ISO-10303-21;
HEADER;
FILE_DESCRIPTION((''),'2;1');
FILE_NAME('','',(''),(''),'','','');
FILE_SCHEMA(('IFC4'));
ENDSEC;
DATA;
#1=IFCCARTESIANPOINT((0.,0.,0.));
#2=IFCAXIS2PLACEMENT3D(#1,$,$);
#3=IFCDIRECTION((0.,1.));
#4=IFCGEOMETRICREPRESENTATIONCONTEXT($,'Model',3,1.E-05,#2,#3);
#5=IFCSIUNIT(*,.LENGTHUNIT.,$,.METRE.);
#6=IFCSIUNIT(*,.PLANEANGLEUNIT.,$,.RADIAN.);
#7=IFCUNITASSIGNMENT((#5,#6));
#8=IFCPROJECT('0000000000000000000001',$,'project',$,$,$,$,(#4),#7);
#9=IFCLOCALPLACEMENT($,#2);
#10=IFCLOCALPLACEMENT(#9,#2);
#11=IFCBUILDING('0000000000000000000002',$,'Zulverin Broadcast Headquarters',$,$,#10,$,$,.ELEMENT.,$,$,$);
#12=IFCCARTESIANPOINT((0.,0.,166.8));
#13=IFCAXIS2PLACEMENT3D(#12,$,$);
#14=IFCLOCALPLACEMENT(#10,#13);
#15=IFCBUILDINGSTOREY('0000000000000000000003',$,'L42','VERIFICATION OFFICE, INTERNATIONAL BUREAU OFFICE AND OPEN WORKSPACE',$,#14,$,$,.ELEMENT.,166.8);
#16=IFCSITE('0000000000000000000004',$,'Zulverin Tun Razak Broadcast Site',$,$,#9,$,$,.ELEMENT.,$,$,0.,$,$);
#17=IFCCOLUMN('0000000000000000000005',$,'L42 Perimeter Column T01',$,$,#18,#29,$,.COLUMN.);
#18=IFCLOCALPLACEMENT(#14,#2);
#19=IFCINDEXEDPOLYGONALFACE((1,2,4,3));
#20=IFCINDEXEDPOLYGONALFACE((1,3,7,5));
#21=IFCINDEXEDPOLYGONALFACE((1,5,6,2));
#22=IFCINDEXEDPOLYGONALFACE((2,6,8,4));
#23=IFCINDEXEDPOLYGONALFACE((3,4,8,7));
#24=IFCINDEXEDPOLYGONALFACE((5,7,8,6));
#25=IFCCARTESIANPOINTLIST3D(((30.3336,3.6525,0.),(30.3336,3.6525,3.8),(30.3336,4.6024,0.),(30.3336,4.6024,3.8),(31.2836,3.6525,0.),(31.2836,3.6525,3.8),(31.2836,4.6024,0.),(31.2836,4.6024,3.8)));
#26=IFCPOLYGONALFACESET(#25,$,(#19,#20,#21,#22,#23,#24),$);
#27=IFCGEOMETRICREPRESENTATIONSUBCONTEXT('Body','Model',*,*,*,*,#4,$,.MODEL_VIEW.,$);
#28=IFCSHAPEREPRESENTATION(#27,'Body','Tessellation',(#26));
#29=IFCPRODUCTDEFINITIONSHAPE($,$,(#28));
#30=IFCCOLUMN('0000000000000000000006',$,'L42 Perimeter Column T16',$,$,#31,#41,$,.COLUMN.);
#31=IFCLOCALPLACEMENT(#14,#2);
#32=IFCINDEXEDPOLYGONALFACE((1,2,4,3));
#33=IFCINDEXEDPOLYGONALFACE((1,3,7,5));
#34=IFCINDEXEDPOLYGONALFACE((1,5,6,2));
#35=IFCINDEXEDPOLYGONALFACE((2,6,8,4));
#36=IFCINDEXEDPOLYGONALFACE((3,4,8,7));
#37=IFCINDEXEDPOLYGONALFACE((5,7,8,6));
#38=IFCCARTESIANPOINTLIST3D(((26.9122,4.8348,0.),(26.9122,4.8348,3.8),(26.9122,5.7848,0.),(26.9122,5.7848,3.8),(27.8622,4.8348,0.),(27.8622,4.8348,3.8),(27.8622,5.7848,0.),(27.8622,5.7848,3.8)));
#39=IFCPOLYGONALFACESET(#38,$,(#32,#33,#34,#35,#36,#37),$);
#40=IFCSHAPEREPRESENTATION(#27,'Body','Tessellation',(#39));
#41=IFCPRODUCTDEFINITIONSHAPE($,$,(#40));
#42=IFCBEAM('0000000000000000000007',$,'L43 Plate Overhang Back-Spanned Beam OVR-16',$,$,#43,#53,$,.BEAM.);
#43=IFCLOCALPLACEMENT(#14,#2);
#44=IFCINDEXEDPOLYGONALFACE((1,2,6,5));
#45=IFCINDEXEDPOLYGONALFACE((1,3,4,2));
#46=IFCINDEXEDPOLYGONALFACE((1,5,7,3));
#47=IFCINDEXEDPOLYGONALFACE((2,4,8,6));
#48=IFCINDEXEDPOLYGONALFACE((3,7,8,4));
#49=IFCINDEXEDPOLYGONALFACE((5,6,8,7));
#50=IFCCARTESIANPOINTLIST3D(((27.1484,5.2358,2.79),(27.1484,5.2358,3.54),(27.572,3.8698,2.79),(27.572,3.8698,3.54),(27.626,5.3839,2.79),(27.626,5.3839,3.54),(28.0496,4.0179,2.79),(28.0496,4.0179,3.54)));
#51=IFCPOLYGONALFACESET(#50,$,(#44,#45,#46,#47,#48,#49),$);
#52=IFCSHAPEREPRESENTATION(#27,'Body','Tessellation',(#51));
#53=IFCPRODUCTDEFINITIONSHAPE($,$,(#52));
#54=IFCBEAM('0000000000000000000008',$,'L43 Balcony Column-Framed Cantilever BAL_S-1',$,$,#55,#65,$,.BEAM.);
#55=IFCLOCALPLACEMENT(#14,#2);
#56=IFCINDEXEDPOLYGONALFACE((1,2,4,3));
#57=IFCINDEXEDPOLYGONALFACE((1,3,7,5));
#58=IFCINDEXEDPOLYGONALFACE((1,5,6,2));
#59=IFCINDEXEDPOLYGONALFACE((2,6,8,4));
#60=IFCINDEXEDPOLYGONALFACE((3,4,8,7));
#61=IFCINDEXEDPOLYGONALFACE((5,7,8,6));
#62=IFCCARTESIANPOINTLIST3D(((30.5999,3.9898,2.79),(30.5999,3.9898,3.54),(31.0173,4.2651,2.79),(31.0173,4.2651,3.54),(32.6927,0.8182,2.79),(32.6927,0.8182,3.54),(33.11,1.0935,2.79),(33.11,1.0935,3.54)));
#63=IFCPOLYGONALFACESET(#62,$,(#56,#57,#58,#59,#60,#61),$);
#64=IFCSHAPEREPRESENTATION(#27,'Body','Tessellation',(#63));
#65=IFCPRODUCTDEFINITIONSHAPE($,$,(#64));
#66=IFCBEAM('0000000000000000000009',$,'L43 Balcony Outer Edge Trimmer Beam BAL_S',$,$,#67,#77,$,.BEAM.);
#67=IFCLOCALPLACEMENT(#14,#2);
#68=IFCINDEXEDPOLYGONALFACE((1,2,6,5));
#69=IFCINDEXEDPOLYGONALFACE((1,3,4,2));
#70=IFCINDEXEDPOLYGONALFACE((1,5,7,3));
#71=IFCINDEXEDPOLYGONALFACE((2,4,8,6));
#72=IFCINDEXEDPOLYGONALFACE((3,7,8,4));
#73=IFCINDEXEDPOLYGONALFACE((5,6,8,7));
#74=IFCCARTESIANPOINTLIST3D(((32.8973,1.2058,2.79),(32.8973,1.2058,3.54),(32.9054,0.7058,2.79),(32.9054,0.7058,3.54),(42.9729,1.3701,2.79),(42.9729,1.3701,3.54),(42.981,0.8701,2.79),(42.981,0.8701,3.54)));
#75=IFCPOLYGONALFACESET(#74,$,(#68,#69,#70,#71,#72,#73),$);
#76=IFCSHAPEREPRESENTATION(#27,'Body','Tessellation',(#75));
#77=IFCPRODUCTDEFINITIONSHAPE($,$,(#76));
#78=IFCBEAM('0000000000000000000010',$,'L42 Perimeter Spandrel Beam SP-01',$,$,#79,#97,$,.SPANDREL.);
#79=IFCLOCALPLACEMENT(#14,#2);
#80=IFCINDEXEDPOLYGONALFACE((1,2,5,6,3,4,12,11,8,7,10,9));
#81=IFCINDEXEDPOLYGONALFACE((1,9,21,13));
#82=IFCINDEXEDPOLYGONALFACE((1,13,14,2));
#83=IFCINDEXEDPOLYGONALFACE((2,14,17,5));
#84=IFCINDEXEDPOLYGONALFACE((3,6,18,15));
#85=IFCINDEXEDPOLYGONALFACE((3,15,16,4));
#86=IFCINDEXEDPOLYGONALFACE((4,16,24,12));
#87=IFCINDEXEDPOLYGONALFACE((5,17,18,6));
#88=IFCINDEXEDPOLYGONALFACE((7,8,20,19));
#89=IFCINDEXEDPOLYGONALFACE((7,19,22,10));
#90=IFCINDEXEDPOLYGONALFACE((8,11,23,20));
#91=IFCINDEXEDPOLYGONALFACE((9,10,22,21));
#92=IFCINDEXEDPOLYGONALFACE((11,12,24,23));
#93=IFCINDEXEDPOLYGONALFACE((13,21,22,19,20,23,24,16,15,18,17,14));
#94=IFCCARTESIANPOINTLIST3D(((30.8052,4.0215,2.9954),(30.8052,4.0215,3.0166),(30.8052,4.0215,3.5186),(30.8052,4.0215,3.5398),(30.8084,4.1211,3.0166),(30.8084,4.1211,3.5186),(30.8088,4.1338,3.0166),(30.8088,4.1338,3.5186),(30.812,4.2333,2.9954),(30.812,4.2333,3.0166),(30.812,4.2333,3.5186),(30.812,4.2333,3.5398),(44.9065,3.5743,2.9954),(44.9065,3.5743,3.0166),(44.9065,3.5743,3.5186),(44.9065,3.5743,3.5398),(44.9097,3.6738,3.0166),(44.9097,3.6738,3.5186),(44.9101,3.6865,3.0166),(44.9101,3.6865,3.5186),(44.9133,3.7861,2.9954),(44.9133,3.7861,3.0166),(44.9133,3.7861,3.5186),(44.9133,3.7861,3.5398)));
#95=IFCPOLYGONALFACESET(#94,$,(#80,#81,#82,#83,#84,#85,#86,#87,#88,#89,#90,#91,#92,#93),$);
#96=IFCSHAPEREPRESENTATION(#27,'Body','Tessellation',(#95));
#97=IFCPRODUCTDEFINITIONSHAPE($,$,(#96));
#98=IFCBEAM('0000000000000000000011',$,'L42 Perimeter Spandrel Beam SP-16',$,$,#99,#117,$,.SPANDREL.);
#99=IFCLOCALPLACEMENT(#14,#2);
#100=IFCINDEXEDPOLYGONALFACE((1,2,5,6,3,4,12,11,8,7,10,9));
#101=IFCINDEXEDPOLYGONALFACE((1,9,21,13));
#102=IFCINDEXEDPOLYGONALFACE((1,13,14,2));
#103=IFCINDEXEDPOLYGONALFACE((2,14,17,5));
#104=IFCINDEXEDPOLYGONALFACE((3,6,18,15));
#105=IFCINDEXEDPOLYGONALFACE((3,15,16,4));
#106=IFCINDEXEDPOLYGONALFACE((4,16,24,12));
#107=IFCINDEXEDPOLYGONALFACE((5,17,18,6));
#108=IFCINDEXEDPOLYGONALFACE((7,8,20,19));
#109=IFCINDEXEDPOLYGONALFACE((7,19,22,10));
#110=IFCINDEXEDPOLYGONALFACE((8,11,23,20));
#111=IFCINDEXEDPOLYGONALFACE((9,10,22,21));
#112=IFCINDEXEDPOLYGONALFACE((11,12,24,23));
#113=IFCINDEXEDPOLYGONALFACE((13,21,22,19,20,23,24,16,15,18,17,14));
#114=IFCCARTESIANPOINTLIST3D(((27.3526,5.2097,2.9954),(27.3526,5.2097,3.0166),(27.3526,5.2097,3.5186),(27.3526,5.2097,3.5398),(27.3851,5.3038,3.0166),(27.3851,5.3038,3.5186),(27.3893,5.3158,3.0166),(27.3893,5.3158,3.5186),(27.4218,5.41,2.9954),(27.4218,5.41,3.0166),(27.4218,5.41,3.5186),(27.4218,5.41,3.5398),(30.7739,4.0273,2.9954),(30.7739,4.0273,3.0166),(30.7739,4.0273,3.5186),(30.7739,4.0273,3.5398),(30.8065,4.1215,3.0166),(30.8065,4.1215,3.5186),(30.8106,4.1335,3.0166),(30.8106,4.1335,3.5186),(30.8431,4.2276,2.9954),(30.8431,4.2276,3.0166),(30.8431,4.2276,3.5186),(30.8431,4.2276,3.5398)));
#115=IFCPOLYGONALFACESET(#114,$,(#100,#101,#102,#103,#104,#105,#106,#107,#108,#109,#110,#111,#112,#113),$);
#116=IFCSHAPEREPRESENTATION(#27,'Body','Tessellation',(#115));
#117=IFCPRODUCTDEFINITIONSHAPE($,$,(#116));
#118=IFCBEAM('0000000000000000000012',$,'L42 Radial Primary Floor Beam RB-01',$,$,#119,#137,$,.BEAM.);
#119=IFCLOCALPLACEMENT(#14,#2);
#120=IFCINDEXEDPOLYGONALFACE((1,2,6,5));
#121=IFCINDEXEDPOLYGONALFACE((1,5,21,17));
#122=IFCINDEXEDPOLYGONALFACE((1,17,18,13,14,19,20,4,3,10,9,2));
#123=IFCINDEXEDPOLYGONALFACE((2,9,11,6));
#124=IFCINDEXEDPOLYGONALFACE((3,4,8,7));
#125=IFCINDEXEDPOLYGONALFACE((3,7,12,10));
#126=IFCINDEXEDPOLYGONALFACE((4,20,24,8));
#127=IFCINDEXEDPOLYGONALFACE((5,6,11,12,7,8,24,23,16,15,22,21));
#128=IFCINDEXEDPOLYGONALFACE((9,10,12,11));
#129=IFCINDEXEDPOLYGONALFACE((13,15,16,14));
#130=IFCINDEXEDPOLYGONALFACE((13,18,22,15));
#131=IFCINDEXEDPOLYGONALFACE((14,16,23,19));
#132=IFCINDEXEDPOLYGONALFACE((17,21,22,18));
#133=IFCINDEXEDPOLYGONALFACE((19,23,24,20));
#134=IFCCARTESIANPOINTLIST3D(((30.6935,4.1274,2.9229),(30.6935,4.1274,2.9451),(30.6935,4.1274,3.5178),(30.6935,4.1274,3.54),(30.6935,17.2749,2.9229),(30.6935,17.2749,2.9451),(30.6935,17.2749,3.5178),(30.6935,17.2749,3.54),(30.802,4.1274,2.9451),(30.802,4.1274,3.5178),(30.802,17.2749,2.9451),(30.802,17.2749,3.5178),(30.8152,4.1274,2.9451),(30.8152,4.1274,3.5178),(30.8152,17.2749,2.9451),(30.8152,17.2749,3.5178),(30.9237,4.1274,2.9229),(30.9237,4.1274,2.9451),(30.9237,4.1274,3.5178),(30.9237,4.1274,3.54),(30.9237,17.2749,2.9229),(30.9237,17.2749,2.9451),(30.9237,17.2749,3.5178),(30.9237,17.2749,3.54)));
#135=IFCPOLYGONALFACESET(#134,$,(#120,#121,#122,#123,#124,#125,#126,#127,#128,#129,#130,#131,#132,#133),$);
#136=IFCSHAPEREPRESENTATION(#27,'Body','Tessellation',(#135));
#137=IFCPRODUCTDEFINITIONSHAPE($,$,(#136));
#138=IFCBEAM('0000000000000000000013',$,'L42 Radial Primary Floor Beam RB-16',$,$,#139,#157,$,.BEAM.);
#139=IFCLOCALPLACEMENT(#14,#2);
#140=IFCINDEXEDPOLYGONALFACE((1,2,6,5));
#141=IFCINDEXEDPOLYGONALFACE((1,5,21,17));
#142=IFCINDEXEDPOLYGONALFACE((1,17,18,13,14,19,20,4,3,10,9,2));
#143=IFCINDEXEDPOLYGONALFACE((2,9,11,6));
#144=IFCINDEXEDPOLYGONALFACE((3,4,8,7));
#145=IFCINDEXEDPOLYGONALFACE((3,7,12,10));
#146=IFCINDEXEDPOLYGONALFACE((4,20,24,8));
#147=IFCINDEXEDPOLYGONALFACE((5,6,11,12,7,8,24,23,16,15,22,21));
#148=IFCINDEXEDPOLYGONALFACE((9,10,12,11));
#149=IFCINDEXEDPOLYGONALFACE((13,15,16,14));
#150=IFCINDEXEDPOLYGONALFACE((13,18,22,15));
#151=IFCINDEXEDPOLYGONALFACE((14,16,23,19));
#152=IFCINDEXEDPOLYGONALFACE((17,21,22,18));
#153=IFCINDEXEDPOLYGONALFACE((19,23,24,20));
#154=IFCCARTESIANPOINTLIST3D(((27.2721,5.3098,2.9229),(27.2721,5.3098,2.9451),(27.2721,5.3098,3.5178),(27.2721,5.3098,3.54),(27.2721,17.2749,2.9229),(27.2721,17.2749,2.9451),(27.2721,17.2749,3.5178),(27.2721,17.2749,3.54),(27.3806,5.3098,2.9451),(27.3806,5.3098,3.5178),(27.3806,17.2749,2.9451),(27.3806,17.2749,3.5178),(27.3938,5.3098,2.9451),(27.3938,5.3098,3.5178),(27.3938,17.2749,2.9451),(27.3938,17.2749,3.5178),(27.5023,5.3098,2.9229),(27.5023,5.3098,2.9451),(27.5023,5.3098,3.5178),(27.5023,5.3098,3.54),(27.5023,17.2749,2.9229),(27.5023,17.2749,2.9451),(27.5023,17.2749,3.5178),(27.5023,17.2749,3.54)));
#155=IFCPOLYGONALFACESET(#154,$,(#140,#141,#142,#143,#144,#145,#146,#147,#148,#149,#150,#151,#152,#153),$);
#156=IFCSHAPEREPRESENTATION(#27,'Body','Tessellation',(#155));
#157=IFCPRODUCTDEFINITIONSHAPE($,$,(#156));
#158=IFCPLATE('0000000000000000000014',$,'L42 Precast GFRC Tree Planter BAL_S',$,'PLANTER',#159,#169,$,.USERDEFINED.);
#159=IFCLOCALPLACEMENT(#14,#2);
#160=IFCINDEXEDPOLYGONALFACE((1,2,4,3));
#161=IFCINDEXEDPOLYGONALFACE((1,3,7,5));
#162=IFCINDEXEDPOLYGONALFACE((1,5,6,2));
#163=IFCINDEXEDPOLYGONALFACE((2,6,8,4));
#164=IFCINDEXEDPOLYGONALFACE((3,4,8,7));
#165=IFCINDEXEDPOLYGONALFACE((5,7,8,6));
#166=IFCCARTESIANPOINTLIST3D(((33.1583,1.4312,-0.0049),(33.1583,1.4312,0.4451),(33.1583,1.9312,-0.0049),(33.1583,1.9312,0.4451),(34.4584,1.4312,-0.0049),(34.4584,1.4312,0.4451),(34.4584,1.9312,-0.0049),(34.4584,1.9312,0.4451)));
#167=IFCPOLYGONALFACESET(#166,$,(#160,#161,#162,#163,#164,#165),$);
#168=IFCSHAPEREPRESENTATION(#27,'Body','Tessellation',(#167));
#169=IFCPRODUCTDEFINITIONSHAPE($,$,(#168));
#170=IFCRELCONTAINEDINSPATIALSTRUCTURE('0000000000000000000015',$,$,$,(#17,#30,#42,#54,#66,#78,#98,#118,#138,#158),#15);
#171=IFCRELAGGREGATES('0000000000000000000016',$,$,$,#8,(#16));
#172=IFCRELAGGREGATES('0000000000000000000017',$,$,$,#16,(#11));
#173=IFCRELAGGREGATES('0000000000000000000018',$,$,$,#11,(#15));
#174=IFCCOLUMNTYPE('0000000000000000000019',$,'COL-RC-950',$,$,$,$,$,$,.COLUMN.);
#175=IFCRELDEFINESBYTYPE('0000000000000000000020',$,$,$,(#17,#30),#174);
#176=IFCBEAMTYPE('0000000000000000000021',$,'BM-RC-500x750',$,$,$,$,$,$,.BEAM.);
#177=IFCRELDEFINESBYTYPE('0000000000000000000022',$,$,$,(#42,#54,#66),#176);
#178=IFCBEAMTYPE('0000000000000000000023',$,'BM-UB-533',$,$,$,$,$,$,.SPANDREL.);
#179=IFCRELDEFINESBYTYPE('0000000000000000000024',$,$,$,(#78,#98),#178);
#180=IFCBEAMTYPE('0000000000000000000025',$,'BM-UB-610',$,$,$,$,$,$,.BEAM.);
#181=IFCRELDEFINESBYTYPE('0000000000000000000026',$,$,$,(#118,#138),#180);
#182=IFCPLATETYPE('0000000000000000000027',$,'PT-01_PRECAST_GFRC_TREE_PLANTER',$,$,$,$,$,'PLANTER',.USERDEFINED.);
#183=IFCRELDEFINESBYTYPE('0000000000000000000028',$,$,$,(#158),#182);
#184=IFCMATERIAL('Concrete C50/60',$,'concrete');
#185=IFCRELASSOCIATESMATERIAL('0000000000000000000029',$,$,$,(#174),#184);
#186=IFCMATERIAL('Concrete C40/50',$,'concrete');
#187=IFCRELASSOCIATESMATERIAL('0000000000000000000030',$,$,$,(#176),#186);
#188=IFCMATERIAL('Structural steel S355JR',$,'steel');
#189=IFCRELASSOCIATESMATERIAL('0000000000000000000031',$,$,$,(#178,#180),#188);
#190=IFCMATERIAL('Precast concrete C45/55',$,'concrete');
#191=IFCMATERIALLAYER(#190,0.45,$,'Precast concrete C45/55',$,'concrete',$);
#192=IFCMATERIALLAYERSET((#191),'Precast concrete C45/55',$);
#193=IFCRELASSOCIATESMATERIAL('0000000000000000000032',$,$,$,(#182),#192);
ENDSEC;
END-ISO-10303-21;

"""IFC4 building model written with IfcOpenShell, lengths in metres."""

from ifc_helpers import new_model, si_unit, direction, frame, origin, origin_2d, place, context, subcontext, project, spatial, rectangle, i_section, extrude, material, layer, layer_set, material_profile, profile_set, type_object, element, save


model = new_model("IFC4")

# Units and contexts
model_context = context("Model", 3, precision=1e-05, world=origin(), true_north=direction((0.0, 1.0)))
body_context = subcontext(model_context, "Body", "Model", "MODEL_VIEW")
ifc_project = project(units=[si_unit("LENGTHUNIT", "METRE"), si_unit("PLANEANGLEUNIT", "RADIAN")], contexts=[model_context])

# Site, building, storey
site_placement = place(None, origin())
site = spatial("IfcSite", under=ifc_project, at=site_placement, Name="Zulverin Tun Razak Broadcast Site", CompositionType="ELEMENT", RefElevation=0.0)
building_placement = place(site_placement, origin())
building = spatial("IfcBuilding", under=site, at=building_placement, Name="Zulverin Broadcast Headquarters", CompositionType="ELEMENT")
storey_placement = place(building_placement, frame((0.0, 0.0, 166.8)))
storey = spatial("IfcBuildingStorey", under=building, at=storey_placement, Name="L42", Description="VERIFICATION OFFICE, INTERNATIONAL BUREAU OFFICE AND OPEN WORKSPACE", CompositionType="ELEMENT", Elevation=166.8)

# Columns
ifc_material_1 = material(Name="Concrete C50/60", Category="concrete")
ifc_material_profile_1 = material_profile(ifc_material_1, rectangle(XDim=0.95, YDim=0.95, at=origin_2d()), Name="Concrete C50/60", Category="concrete")
ifc_profile_set_1 = profile_set([ifc_material_profile_1], Name="Concrete C50/60")
column_type = type_object("IfcColumnType", Name="COL-RC-950", PredefinedType="COLUMN", material=ifc_profile_set_1)
for number, where, z_axis, x_axis, name in (
    (1, (30.8086, 4.1274, 0.0), (0.0, 0.0, 1.0), (1.0, 0.0, 0.0), "L42 Perimeter Column T01"),
    (2, (27.3872, 5.3098, 0.0), (0.0, 0.0, 1.0), (1.0, 0.0, 0.0), "L42 Perimeter Column T16"),
):
    element("IfcColumn", number, at=place(storey_placement, frame(where, z_axis=z_axis, x_axis=x_axis)), inside=storey, type_object=column_type, Name=name, PredefinedType="COLUMN", context=body_context, shape_type="SweptSolid", body=[
        extrude(rectangle(XDim=0.95, YDim=0.95, at=origin_2d()), origin(), (0.0, 0.0, 1.0), 3.8),
    ])

# Beams
ifc_material_2 = material(Name="Concrete C40/50", Category="concrete")
ifc_material_profile_2 = material_profile(ifc_material_2, rectangle(XDim=0.5, YDim=0.75, at=origin_2d()), Name="Concrete C40/50", Category="concrete")
ifc_profile_set_2 = profile_set([ifc_material_profile_2], Name="Concrete C40/50")
beam_type_1 = type_object("IfcBeamType", Name="BM-RC-500x750", PredefinedType="BEAM", material=ifc_profile_set_2)
beam_1_placement = place(storey_placement, frame((27.3872, 5.3098, 3.165), z_axis=(0.296184, -0.955131, 0.0), x_axis=(0.955131, 0.296184, 0.0)))
element("IfcBeam", 3, at=beam_1_placement, inside=storey, type_object=beam_type_1, Name="L43 Plate Overhang Back-Spanned Beam OVR-16", PredefinedType="BEAM", context=body_context, shape_type="SweptSolid", body=[
    extrude(rectangle(XDim=0.5, YDim=0.75, at=origin_2d()), origin(), (0.0, 0.0, 1.0), 1.4302),
])
beam_2_placement = place(storey_placement, frame((30.8086, 4.1274, 3.165), z_axis=(0.55075, -0.83467, 0.0), x_axis=(0.83467, 0.55075, 0.0)))
element("IfcBeam", 4, at=beam_2_placement, inside=storey, type_object=beam_type_1, Name="L43 Balcony Column-Framed Cantilever BAL_S-1", PredefinedType="BEAM", context=body_context, shape_type="SweptSolid", body=[
    extrude(rectangle(XDim=0.5, YDim=0.75, at=origin_2d()), origin(), (0.0, 0.0, 1.0), 3.7998),
])
beam_3_placement = place(storey_placement, frame((32.9014, 0.9558, 3.165), z_axis=(0.999867, 0.016305, 0.0), x_axis=(-0.016305, 0.999867, 0.0)))
element("IfcBeam", 5, at=beam_3_placement, inside=storey, type_object=beam_type_1, Name="L43 Balcony Outer Edge Trimmer Beam BAL_S", PredefinedType="BEAM", context=body_context, shape_type="SweptSolid", body=[
    extrude(rectangle(XDim=0.5, YDim=0.75, at=origin_2d()), origin(), (0.0, 0.0, 1.0), 10.0769),
])
ifc_material_3 = material(Name="Structural steel S355JR", Category="steel")
ifc_material_profile_3 = material_profile(ifc_material_3, i_section(OverallWidth=0.2119, OverallDepth=0.5444, WebThickness=0.0127, FlangeThickness=0.0212, at=origin_2d()), Name="Structural steel S355JR", Category="steel")
ifc_profile_set_3 = profile_set([ifc_material_profile_3], Name="Structural steel S355JR")
beam_type_2 = type_object("IfcBeamType", Name="BM-UB-533", PredefinedType="SPANDREL", material=ifc_profile_set_3)
beam_4_placement = place(storey_placement, frame((30.8086, 4.1274, 3.2676), z_axis=(0.999497, -0.031702, 0.0), x_axis=(0.031702, 0.999497, 0.0)))
element("IfcBeam", 6, at=beam_4_placement, inside=storey, type_object=beam_type_2, Name="L42 Perimeter Spandrel Beam SP-01", PredefinedType="SPANDREL", context=body_context, shape_type="SweptSolid", body=[
    extrude(i_section(OverallWidth=0.2119, OverallDepth=0.5444, WebThickness=0.0127, FlangeThickness=0.0212, at=origin_2d()), origin(), (0.0, 0.0, 1.0), 14.1084),
])
beam_5_placement = place(storey_placement, frame((27.3872, 5.3098, 3.2676), z_axis=(0.945153, -0.326629, 0.0), x_axis=(0.326629, 0.945153, 0.0)))
element("IfcBeam", 7, at=beam_5_placement, inside=storey, type_object=beam_type_2, Name="L42 Perimeter Spandrel Beam SP-16", PredefinedType="SPANDREL", context=body_context, shape_type="SweptSolid", body=[
    extrude(i_section(OverallWidth=0.2119, OverallDepth=0.5444, WebThickness=0.0127, FlangeThickness=0.0212, at=origin_2d()), origin(), (0.0, 0.0, 1.0), 3.6199),
])
ifc_material_profile_4 = material_profile(ifc_material_3, i_section(OverallWidth=0.2302, OverallDepth=0.6172, WebThickness=0.0132, FlangeThickness=0.0222, at=origin_2d()), Name="Structural steel S355JR", Category="steel")
ifc_profile_set_4 = profile_set([ifc_material_profile_4], Name="Structural steel S355JR")
beam_type_3 = type_object("IfcBeamType", Name="BM-UB-610", PredefinedType="BEAM", material=ifc_profile_set_4)
beam_6_placement = place(storey_placement, frame((30.8086, 17.2749, 3.2314), z_axis=(0.0, -1.0, 0.0), x_axis=(1.0, 0.0, 0.0)))
element("IfcBeam", 8, at=beam_6_placement, inside=storey, type_object=beam_type_3, Name="L42 Radial Primary Floor Beam RB-01", PredefinedType="BEAM", context=body_context, shape_type="SweptSolid", body=[
    extrude(i_section(OverallWidth=0.2302, OverallDepth=0.6172, WebThickness=0.0132, FlangeThickness=0.0222, at=origin_2d()), origin(), (0.0, 0.0, 1.0), 13.1475),
])
beam_7_placement = place(storey_placement, frame((27.3872, 17.2749, 3.2314), z_axis=(0.0, -1.0, 0.0), x_axis=(1.0, 0.0, 0.0)))
element("IfcBeam", 9, at=beam_7_placement, inside=storey, type_object=beam_type_3, Name="L42 Radial Primary Floor Beam RB-16", PredefinedType="BEAM", context=body_context, shape_type="SweptSolid", body=[
    extrude(i_section(OverallWidth=0.2302, OverallDepth=0.6172, WebThickness=0.0132, FlangeThickness=0.0222, at=origin_2d()), origin(), (0.0, 0.0, 1.0), 11.9651),
])

# Plate
ifc_material_4 = material(Name="Precast concrete C45/55", Category="concrete")
ifc_layer_1 = layer(ifc_material_4, 0.45, Name="Precast concrete C45/55", Category="concrete")
ifc_layer_set_1 = layer_set([ifc_layer_1], Name="Precast concrete C45/55")
plate_type = type_object("IfcPlateType", Name="PT-01_PRECAST_GFRC_TREE_PLANTER", ElementType="PLANTER", PredefinedType="USERDEFINED", material=ifc_layer_set_1)
plate_placement = place(storey_placement, frame((33.8083, 1.6812, -0.0049), z_axis=(0.0, 0.0, 1.0), x_axis=(1.0, 0.0, 0.0)))
element("IfcPlate", 10, at=plate_placement, inside=storey, type_object=plate_type, Name="L42 Precast GFRC Tree Planter BAL_S", ObjectType="PLANTER", PredefinedType="USERDEFINED", context=body_context, shape_type="SweptSolid", body=[
    extrude(rectangle(XDim=1.3, YDim=0.5, at=origin_2d()), origin(), (0.0, 0.0, 1.0), 0.45),
])

save(model, "model.ifc")
